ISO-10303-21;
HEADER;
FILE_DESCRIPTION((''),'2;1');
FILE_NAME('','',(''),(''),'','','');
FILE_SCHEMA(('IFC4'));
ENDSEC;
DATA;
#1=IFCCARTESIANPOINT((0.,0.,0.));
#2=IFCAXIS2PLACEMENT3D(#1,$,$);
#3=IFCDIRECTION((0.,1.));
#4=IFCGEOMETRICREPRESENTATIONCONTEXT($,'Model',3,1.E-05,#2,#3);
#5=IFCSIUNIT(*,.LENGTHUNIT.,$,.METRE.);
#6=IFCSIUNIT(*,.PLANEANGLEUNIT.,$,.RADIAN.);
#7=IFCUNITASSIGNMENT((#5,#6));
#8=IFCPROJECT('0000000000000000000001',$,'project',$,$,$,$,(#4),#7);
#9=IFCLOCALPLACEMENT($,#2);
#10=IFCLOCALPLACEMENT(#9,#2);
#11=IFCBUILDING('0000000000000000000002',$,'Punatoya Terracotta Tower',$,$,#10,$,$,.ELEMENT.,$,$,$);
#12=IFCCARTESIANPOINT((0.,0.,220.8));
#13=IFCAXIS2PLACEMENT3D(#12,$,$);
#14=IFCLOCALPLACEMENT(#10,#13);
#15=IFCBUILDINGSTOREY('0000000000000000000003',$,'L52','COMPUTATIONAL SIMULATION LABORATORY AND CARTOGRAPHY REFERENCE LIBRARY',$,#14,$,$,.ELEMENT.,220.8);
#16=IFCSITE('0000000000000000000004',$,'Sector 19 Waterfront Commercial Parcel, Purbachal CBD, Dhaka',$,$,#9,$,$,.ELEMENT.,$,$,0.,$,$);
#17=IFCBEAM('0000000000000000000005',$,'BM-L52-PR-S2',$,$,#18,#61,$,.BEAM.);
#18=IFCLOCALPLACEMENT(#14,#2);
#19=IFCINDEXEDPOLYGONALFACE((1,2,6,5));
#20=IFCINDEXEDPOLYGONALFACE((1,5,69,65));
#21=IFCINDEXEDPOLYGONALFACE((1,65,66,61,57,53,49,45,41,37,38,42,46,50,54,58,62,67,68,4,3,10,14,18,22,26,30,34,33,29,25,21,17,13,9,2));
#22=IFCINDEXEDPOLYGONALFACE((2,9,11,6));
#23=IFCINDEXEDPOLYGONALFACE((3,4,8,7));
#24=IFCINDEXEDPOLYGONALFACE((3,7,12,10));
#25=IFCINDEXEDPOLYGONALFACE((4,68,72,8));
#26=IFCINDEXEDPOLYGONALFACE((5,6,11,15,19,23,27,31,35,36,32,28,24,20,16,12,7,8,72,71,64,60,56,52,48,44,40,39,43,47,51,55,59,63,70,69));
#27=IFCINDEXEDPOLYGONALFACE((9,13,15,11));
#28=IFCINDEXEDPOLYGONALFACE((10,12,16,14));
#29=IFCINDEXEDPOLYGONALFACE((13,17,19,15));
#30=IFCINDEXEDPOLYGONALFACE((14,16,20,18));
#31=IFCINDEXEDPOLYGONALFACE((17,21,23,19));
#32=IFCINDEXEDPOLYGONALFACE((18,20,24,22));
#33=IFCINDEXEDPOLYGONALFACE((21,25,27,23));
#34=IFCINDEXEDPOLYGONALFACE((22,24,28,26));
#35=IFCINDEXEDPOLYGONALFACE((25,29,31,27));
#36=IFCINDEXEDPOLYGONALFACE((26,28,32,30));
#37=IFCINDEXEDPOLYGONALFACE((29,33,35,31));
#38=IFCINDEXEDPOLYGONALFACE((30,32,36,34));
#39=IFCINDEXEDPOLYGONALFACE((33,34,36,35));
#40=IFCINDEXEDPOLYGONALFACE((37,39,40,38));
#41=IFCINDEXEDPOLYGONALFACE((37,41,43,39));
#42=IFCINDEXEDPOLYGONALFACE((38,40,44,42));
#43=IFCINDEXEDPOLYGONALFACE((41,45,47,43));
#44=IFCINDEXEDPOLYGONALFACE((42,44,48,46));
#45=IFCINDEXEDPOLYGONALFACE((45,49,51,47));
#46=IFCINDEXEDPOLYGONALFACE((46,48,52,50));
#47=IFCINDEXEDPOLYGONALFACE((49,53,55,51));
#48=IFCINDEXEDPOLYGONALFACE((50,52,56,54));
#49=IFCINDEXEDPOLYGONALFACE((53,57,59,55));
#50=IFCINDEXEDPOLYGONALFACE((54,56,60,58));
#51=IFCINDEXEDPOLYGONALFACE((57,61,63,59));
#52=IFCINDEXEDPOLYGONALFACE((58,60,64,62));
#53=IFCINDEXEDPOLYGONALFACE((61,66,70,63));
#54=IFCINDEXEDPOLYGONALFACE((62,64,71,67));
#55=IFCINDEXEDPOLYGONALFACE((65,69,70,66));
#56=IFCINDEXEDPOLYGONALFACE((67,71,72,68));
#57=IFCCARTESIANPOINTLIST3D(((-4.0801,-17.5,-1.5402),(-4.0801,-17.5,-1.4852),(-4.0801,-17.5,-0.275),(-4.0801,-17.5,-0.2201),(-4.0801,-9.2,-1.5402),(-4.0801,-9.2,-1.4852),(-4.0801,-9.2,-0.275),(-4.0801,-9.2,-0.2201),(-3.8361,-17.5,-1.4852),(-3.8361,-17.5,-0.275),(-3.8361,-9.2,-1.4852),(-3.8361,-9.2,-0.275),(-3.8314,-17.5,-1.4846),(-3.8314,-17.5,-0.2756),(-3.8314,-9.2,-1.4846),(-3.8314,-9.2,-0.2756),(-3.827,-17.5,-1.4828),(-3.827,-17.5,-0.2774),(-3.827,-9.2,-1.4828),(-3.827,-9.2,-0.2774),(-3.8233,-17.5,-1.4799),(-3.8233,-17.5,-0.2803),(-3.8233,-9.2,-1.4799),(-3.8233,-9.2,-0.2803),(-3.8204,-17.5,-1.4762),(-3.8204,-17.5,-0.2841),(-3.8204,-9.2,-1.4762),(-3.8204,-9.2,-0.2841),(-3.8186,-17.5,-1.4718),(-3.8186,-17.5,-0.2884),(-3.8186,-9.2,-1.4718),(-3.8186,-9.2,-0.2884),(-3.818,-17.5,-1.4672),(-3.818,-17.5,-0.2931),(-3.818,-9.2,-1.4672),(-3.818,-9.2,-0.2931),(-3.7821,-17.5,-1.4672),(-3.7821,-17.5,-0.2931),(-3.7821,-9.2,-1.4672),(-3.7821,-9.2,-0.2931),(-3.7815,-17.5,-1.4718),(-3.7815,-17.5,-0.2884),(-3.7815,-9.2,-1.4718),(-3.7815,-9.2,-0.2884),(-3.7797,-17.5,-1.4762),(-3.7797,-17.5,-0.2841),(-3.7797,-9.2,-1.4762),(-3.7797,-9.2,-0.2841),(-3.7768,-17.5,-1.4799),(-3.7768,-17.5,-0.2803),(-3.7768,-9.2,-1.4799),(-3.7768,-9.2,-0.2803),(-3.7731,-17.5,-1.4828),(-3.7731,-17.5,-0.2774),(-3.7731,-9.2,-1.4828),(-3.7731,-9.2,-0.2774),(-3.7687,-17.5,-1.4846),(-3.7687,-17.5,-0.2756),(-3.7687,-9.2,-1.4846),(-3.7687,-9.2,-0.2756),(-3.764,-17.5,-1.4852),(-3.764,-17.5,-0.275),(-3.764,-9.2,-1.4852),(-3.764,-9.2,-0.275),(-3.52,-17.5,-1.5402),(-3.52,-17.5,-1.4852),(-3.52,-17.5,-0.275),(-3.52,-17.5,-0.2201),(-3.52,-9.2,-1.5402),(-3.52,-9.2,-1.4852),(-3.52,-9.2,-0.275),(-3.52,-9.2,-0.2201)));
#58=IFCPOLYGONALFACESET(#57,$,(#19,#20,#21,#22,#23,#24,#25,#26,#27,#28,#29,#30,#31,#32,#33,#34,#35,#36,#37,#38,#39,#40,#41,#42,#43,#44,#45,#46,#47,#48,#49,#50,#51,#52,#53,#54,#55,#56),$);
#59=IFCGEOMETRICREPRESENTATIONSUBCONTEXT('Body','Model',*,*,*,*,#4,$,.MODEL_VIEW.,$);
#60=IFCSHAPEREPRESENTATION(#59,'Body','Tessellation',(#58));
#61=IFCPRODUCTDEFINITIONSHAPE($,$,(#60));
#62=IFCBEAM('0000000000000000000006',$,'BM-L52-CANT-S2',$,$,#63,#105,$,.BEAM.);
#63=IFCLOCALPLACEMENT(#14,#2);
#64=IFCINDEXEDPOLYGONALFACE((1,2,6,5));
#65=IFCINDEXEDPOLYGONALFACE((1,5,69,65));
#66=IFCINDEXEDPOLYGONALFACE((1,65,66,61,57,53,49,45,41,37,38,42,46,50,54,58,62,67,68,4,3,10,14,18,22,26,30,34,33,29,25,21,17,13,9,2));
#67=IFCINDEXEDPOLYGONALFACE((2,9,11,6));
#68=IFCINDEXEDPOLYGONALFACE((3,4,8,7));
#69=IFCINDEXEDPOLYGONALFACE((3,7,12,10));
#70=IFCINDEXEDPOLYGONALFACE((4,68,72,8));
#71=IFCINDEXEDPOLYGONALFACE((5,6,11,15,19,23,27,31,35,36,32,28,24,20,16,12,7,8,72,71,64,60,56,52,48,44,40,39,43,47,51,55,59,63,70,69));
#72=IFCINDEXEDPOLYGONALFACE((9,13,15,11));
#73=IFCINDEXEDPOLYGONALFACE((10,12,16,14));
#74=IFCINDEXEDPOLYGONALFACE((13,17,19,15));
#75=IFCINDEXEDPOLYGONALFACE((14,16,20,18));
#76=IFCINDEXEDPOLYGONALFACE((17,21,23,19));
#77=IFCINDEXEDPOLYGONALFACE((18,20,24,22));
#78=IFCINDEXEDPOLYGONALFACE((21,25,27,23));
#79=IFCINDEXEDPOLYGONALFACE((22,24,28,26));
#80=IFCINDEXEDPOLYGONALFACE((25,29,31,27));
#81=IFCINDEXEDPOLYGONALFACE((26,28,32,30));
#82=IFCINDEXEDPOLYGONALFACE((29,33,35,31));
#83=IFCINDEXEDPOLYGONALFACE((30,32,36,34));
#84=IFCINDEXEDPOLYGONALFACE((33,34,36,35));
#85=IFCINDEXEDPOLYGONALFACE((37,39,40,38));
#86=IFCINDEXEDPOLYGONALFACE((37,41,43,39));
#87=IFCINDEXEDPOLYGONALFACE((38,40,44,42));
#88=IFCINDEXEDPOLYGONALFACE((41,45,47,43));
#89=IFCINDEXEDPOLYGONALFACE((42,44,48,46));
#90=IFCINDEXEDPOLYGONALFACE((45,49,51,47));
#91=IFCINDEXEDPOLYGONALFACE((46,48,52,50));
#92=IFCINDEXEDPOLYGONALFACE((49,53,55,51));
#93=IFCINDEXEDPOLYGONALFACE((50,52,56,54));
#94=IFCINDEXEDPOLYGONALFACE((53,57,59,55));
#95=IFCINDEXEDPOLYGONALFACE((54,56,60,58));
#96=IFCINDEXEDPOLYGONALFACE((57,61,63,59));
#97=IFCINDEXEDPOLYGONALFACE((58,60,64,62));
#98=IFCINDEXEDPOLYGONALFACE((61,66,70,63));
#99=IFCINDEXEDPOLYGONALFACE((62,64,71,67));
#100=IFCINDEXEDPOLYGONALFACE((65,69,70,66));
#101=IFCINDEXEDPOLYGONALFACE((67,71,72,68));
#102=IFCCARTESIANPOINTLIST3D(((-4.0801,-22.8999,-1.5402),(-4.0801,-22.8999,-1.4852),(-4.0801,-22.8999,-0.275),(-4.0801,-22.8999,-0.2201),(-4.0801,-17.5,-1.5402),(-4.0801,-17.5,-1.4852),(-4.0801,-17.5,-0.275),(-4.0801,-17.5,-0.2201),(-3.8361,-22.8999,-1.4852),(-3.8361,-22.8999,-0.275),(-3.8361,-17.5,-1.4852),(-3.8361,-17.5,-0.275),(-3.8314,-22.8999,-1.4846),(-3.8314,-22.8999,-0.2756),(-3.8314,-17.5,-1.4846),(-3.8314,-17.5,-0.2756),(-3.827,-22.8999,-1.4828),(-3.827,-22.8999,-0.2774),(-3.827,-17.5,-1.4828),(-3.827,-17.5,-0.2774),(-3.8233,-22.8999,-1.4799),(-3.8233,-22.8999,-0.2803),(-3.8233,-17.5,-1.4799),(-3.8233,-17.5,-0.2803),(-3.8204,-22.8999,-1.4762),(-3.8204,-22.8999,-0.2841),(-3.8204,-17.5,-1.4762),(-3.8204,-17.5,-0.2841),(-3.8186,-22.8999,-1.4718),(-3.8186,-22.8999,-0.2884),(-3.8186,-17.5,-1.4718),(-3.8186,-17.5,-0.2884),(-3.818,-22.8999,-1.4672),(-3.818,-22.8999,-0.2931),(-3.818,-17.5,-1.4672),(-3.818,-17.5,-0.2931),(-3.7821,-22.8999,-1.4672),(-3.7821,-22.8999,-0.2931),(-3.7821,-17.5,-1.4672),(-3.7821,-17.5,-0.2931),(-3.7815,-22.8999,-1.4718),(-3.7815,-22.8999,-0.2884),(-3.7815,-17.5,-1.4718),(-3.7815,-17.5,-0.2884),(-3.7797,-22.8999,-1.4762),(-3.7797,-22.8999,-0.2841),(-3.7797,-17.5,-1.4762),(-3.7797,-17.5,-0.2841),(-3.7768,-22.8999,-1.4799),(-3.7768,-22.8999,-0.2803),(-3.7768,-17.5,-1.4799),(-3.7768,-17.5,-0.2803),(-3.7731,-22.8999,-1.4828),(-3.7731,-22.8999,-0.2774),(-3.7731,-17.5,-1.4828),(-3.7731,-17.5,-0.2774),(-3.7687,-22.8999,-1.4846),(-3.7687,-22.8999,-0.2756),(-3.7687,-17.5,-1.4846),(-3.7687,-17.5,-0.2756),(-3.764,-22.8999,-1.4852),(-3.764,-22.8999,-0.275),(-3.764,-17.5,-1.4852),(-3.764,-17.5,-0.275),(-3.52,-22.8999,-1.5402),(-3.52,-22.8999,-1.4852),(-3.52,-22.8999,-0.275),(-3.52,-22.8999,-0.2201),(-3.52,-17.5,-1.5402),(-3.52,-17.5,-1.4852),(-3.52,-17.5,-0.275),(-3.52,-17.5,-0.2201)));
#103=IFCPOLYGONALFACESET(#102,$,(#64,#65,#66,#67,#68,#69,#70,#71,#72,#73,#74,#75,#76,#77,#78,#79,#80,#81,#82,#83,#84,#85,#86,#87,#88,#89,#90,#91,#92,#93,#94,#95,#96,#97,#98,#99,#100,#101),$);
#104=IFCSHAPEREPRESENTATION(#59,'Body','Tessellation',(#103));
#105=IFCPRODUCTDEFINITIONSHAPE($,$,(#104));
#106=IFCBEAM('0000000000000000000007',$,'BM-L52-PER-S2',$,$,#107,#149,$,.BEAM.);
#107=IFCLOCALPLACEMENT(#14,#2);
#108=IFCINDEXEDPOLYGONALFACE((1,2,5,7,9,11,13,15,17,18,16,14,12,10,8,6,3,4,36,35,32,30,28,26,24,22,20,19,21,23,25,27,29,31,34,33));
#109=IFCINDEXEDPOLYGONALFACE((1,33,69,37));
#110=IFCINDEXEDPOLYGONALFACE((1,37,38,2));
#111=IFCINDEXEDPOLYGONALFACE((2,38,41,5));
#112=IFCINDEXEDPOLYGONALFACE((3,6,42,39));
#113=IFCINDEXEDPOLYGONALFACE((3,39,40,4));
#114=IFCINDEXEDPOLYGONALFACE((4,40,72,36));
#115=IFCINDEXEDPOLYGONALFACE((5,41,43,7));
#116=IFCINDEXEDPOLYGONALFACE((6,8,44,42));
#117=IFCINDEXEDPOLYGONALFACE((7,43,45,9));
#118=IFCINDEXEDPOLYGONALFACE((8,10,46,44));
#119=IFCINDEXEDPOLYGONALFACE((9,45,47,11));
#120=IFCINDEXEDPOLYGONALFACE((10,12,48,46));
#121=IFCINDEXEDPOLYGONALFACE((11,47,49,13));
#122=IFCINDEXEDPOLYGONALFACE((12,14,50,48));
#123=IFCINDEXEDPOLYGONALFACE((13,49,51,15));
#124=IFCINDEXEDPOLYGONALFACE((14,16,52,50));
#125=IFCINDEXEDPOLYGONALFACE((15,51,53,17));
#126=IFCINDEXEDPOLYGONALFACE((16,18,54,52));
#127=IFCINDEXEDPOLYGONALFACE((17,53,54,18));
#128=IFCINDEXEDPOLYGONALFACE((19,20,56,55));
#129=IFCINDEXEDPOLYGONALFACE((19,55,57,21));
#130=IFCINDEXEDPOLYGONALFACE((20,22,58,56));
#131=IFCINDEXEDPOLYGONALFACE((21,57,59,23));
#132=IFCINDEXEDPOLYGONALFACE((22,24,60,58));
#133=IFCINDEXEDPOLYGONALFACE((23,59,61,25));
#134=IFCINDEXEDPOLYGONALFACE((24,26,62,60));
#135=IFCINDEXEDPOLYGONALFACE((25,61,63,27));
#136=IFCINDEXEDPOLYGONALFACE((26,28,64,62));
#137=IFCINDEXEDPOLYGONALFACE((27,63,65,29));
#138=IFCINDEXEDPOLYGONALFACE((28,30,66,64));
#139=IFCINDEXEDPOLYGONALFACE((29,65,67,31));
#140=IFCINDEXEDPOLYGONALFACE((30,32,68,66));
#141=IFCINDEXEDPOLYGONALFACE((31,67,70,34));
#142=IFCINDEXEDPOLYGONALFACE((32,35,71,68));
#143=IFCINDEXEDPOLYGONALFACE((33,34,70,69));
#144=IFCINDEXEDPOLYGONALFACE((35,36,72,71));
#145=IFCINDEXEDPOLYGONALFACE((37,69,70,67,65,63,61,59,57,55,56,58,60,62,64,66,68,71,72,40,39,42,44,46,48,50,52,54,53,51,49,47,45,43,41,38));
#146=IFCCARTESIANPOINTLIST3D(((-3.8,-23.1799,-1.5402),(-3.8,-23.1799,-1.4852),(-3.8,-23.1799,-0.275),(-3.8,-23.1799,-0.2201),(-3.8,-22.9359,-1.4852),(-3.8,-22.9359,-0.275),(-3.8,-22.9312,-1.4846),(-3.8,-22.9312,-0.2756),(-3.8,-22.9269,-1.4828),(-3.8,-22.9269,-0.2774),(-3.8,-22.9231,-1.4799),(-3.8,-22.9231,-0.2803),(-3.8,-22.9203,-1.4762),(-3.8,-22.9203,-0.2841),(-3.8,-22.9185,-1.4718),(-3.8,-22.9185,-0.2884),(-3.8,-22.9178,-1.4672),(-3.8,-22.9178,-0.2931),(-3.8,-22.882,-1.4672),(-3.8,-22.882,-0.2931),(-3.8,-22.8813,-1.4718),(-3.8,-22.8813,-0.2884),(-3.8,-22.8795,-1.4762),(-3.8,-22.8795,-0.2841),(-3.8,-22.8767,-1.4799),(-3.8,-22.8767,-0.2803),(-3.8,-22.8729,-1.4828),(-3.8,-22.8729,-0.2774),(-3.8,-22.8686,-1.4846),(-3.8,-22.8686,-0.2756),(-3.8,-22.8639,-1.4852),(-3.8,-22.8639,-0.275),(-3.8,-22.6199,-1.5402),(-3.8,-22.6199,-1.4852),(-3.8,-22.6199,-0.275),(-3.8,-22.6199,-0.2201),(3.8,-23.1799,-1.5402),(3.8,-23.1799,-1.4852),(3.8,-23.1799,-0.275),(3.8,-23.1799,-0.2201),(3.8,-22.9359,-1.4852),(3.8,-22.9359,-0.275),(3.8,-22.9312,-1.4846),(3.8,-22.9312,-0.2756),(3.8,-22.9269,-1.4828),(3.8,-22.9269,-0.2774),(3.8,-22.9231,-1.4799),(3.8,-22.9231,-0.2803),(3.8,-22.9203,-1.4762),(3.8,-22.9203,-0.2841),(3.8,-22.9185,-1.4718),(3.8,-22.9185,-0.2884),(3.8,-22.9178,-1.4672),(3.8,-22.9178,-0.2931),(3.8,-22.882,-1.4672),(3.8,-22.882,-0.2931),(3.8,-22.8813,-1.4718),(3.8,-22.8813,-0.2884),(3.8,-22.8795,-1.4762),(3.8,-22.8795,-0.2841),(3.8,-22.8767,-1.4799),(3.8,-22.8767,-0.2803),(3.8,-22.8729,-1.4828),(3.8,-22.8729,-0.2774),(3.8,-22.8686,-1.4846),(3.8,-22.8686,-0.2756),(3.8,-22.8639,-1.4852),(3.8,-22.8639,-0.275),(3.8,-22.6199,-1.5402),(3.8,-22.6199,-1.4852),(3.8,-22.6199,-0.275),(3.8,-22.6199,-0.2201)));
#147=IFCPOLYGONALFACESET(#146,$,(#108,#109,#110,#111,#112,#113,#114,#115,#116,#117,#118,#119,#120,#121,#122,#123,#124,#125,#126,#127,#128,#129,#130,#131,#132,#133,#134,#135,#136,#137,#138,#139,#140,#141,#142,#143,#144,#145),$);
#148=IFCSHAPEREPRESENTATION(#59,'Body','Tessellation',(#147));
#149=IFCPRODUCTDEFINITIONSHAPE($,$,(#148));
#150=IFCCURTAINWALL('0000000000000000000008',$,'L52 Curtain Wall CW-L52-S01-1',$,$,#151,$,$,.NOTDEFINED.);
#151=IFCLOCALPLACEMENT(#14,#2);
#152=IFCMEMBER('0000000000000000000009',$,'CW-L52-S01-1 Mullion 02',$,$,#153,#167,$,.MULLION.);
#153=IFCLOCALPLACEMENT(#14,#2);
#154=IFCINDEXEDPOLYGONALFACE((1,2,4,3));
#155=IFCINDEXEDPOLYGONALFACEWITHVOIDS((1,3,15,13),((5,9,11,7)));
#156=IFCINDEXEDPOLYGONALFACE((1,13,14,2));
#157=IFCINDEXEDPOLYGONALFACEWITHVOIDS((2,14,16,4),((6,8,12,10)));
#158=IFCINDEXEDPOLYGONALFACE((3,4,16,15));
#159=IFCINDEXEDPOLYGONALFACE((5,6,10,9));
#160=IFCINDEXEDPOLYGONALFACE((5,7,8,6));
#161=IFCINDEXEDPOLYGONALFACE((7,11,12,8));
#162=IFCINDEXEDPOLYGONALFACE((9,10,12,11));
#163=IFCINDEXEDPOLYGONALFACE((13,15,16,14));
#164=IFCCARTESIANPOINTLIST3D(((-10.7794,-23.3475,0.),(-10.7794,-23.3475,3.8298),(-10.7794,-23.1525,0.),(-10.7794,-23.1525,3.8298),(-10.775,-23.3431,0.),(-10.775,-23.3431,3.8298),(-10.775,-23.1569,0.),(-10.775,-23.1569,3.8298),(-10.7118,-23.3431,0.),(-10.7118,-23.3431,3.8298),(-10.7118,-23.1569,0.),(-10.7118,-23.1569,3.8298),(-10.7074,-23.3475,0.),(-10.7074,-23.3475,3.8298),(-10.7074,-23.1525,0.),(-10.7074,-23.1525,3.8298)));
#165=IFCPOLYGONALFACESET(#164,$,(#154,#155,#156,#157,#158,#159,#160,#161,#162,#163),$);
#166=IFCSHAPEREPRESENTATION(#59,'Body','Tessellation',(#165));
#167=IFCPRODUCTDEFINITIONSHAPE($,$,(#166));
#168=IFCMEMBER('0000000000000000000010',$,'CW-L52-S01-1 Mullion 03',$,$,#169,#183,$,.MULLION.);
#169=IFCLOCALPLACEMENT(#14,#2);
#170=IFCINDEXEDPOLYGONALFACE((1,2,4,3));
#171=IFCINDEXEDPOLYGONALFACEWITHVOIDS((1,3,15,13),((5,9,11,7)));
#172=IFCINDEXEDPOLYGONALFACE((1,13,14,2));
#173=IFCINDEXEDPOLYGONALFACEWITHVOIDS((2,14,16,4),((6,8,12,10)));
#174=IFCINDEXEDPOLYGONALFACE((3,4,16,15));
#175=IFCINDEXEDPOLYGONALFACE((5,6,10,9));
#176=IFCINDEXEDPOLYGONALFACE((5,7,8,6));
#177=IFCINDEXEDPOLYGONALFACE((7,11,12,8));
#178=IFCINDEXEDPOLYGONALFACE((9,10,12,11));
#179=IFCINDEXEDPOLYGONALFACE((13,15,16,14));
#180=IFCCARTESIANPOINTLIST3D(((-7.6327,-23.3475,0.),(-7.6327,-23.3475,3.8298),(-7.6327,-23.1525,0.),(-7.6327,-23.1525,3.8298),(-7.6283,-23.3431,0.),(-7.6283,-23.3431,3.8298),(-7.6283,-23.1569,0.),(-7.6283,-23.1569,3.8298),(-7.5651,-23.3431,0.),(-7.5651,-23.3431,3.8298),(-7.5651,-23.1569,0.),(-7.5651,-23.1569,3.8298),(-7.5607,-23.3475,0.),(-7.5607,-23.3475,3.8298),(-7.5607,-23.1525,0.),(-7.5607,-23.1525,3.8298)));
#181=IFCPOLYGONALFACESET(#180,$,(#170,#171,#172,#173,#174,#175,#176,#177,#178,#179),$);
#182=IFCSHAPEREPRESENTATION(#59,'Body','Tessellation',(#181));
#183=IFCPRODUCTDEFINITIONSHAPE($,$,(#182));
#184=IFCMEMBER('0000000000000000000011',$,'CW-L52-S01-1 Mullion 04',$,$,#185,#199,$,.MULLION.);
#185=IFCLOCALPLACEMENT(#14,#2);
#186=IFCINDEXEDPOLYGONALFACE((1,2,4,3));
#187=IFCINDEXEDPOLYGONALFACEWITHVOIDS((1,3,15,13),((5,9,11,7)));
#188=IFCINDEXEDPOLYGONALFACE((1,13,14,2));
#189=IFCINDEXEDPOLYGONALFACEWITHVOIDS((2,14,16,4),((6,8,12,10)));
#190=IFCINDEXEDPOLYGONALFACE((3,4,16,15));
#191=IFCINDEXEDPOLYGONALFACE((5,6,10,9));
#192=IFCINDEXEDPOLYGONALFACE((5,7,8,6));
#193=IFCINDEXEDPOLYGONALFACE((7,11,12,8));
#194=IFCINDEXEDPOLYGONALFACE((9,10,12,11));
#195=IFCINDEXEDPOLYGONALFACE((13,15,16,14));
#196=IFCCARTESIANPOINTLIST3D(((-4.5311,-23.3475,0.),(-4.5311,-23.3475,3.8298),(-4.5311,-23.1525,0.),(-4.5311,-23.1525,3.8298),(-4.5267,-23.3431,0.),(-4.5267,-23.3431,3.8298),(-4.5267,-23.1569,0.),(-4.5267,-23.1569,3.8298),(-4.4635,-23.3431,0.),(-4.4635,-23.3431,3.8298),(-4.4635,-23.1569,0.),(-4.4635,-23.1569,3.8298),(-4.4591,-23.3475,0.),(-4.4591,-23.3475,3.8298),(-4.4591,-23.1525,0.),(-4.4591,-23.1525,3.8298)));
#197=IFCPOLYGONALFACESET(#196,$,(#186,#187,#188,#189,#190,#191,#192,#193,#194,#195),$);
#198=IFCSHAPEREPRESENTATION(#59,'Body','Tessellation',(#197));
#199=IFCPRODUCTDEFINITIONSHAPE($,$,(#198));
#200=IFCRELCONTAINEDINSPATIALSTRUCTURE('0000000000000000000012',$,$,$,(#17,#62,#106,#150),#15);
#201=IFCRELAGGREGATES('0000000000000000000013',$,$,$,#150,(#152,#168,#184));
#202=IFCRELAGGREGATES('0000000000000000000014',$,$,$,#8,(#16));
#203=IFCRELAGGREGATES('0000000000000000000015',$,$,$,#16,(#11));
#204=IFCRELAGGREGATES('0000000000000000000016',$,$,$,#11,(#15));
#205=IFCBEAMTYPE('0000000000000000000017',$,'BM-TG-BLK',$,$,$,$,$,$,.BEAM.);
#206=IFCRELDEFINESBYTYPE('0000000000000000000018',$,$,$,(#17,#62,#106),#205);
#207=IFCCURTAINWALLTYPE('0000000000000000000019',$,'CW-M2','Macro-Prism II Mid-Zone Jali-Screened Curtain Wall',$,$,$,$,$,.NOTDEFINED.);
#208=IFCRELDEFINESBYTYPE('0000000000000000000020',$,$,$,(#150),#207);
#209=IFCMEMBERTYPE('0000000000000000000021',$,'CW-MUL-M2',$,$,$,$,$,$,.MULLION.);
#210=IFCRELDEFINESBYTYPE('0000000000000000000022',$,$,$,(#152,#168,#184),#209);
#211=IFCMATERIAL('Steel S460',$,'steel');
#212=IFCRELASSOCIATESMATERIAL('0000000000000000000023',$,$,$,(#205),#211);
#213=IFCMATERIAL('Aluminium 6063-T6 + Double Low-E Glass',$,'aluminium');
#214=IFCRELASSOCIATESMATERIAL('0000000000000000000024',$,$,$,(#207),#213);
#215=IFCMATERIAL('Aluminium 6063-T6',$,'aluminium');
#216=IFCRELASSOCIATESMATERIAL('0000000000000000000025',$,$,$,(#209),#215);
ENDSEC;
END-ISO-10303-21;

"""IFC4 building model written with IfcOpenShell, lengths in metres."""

from ifc_helpers import new_model, si_unit, direction, frame, origin, origin_2d, place, context, subcontext, project, spatial, hollow_rectangle, i_section, extrude, material, material_profile, profile_set, type_object, element, aggregate, save


model = new_model("IFC4")

# Units and contexts
model_context = context("Model", 3, precision=1e-05, world=origin(), true_north=direction((0.0, 1.0)))
body_context = subcontext(model_context, "Body", "Model", "MODEL_VIEW")
ifc_project = project(units=[si_unit("LENGTHUNIT", "METRE"), si_unit("PLANEANGLEUNIT", "RADIAN")], contexts=[model_context])

# Site, building, storey
site_placement = place(None, origin())
site = spatial("IfcSite", under=ifc_project, at=site_placement, Name="Sector 19 Waterfront Commercial Parcel, Purbachal CBD, Dhaka", CompositionType="ELEMENT", RefElevation=0.0)
building_placement = place(site_placement, origin())
building = spatial("IfcBuilding", under=site, at=building_placement, Name="Punatoya Terracotta Tower", CompositionType="ELEMENT")
storey_placement = place(building_placement, frame((0.0, 0.0, 220.8)))
storey = spatial("IfcBuildingStorey", under=building, at=storey_placement, Name="L52", Description="COMPUTATIONAL SIMULATION LABORATORY AND CARTOGRAPHY REFERENCE LIBRARY", CompositionType="ELEMENT", Elevation=220.8)

# Shared definitions
ifc_material_1 = material(Name="Steel S460", Category="steel")

# Beams
ifc_material_profile_1 = material_profile(ifc_material_1, i_section(OverallWidth=0.5601, OverallDepth=1.3201, WebThickness=0.0359, FlangeThickness=0.0549, FilletRadius=0.0181, at=origin_2d()))
ifc_profile_set_1 = profile_set([ifc_material_profile_1], Name="Steel S460")
beam_type = type_object("IfcBeamType", Name="BM-TG-BLK", PredefinedType="BEAM", material=ifc_profile_set_1)
for number, where, z_axis, x_axis, name in (
    (1, (-3.8, -17.5, -0.8801), (0.0, 1.0, 0.0), (-1.0, 0.0, 0.0), "BM-L52-PR-S2"),
):
    element("IfcBeam", number, at=place(storey_placement, frame(where, z_axis=z_axis, x_axis=x_axis)), inside=storey, type_object=beam_type, Name=name, PredefinedType="BEAM", context=body_context, shape_type="SweptSolid", body=[
        extrude(i_section(OverallWidth=0.5601, OverallDepth=1.3201, WebThickness=0.0359, FlangeThickness=0.0549, FilletRadius=0.0181, at=origin_2d()), origin(), (0.0, 0.0, 1.0), 8.3),
    ])
beam_1_placement = place(storey_placement, frame((-3.8, -22.8999, -0.8801), z_axis=(0.0, 1.0, 0.0), x_axis=(-1.0, 0.0, 0.0)))
element("IfcBeam", 2, at=beam_1_placement, inside=storey, type_object=beam_type, Name="BM-L52-CANT-S2", PredefinedType="BEAM", context=body_context, shape_type="SweptSolid", body=[
    extrude(i_section(OverallWidth=0.5601, OverallDepth=1.3201, WebThickness=0.0359, FlangeThickness=0.0549, FilletRadius=0.0181, at=origin_2d()), origin(), (0.0, 0.0, 1.0), 5.3999),
])
beam_2_placement = place(storey_placement, frame((-3.8, -22.8999, -0.8801), z_axis=(1.0, 0.0, 0.0), x_axis=(0.0, 1.0, 0.0)))
element("IfcBeam", 3, at=beam_2_placement, inside=storey, type_object=beam_type, Name="BM-L52-PER-S2", PredefinedType="BEAM", context=body_context, shape_type="SweptSolid", body=[
    extrude(i_section(OverallWidth=0.5601, OverallDepth=1.3201, WebThickness=0.0359, FlangeThickness=0.0549, FilletRadius=0.0181, at=origin_2d()), origin(), (0.0, 0.0, 1.0), 7.6001),
])

# Curtain wall, members
ifc_material_2 = material(Name="Aluminium 6063-T6 + Double Low-E Glass", Category="aluminium")
curtain_wall_type = type_object("IfcCurtainWallType", Name="CW-M2", Description="Macro-Prism II Mid-Zone Jali-Screened Curtain Wall", PredefinedType="NOTDEFINED", material=ifc_material_2)
curtain_wall_placement = place(storey_placement, origin())
curtain_wall = element("IfcCurtainWall", 4, at=curtain_wall_placement, inside=storey, type_object=curtain_wall_type, Name="L52 Curtain Wall CW-L52-S01-1", PredefinedType="NOTDEFINED")
ifc_material_3 = material(Name="Aluminium 6063-T6", Category="aluminium")
ifc_material_profile_2 = material_profile(ifc_material_3, hollow_rectangle(XDim=0.072, YDim=0.1951, WallThickness=0.0044, at=origin_2d()))
ifc_profile_set_2 = profile_set([ifc_material_profile_2], Name="Aluminium 6063-T6")
member_type_1 = type_object("IfcMemberType", Name="CW-MUL-M2", PredefinedType="MULLION", material=ifc_profile_set_2)
member_1_placement = place(storey_placement, frame((-10.7434, -23.25, 0.0), z_axis=(0.0, 0.0, 1.0), x_axis=(1.0, 0.0, 0.0)))
member_1 = element("IfcMember", 5, at=member_1_placement, type_object=member_type_1, Name="CW-L52-S01-1 Mullion 02", PredefinedType="MULLION", context=body_context, shape_type="SweptSolid", body=[
    extrude(hollow_rectangle(XDim=0.072, YDim=0.1951, WallThickness=0.0044, at=origin_2d()), origin(), (0.0, 0.0, 1.0), 3.8298),
])
member_2_placement = place(storey_placement, frame((-7.5967, -23.25, 0.0), z_axis=(0.0, 0.0, 1.0), x_axis=(1.0, 0.0, 0.0)))
member_2 = element("IfcMember", 6, at=member_2_placement, type_object=member_type_1, Name="CW-L52-S01-1 Mullion 03", PredefinedType="MULLION", context=body_context, shape_type="SweptSolid", body=[
    extrude(hollow_rectangle(XDim=0.072, YDim=0.1951, WallThickness=0.0044, at=origin_2d()), origin(), (0.0, 0.0, 1.0), 3.8298),
])
member_3_placement = place(storey_placement, frame((-4.4951, -23.25, 0.0), z_axis=(0.0, 0.0, 1.0), x_axis=(1.0, 0.0, 0.0)))
member_3 = element("IfcMember", 7, at=member_3_placement, type_object=member_type_1, Name="CW-L52-S01-1 Mullion 04", PredefinedType="MULLION", context=body_context, shape_type="SweptSolid", body=[
    extrude(hollow_rectangle(XDim=0.072, YDim=0.1951, WallThickness=0.0044, at=origin_2d()), origin(), (0.0, 0.0, 1.0), 3.8298),
])

aggregate(curtain_wall, [member_1, member_2, member_3])

save(model, "model.ifc")
